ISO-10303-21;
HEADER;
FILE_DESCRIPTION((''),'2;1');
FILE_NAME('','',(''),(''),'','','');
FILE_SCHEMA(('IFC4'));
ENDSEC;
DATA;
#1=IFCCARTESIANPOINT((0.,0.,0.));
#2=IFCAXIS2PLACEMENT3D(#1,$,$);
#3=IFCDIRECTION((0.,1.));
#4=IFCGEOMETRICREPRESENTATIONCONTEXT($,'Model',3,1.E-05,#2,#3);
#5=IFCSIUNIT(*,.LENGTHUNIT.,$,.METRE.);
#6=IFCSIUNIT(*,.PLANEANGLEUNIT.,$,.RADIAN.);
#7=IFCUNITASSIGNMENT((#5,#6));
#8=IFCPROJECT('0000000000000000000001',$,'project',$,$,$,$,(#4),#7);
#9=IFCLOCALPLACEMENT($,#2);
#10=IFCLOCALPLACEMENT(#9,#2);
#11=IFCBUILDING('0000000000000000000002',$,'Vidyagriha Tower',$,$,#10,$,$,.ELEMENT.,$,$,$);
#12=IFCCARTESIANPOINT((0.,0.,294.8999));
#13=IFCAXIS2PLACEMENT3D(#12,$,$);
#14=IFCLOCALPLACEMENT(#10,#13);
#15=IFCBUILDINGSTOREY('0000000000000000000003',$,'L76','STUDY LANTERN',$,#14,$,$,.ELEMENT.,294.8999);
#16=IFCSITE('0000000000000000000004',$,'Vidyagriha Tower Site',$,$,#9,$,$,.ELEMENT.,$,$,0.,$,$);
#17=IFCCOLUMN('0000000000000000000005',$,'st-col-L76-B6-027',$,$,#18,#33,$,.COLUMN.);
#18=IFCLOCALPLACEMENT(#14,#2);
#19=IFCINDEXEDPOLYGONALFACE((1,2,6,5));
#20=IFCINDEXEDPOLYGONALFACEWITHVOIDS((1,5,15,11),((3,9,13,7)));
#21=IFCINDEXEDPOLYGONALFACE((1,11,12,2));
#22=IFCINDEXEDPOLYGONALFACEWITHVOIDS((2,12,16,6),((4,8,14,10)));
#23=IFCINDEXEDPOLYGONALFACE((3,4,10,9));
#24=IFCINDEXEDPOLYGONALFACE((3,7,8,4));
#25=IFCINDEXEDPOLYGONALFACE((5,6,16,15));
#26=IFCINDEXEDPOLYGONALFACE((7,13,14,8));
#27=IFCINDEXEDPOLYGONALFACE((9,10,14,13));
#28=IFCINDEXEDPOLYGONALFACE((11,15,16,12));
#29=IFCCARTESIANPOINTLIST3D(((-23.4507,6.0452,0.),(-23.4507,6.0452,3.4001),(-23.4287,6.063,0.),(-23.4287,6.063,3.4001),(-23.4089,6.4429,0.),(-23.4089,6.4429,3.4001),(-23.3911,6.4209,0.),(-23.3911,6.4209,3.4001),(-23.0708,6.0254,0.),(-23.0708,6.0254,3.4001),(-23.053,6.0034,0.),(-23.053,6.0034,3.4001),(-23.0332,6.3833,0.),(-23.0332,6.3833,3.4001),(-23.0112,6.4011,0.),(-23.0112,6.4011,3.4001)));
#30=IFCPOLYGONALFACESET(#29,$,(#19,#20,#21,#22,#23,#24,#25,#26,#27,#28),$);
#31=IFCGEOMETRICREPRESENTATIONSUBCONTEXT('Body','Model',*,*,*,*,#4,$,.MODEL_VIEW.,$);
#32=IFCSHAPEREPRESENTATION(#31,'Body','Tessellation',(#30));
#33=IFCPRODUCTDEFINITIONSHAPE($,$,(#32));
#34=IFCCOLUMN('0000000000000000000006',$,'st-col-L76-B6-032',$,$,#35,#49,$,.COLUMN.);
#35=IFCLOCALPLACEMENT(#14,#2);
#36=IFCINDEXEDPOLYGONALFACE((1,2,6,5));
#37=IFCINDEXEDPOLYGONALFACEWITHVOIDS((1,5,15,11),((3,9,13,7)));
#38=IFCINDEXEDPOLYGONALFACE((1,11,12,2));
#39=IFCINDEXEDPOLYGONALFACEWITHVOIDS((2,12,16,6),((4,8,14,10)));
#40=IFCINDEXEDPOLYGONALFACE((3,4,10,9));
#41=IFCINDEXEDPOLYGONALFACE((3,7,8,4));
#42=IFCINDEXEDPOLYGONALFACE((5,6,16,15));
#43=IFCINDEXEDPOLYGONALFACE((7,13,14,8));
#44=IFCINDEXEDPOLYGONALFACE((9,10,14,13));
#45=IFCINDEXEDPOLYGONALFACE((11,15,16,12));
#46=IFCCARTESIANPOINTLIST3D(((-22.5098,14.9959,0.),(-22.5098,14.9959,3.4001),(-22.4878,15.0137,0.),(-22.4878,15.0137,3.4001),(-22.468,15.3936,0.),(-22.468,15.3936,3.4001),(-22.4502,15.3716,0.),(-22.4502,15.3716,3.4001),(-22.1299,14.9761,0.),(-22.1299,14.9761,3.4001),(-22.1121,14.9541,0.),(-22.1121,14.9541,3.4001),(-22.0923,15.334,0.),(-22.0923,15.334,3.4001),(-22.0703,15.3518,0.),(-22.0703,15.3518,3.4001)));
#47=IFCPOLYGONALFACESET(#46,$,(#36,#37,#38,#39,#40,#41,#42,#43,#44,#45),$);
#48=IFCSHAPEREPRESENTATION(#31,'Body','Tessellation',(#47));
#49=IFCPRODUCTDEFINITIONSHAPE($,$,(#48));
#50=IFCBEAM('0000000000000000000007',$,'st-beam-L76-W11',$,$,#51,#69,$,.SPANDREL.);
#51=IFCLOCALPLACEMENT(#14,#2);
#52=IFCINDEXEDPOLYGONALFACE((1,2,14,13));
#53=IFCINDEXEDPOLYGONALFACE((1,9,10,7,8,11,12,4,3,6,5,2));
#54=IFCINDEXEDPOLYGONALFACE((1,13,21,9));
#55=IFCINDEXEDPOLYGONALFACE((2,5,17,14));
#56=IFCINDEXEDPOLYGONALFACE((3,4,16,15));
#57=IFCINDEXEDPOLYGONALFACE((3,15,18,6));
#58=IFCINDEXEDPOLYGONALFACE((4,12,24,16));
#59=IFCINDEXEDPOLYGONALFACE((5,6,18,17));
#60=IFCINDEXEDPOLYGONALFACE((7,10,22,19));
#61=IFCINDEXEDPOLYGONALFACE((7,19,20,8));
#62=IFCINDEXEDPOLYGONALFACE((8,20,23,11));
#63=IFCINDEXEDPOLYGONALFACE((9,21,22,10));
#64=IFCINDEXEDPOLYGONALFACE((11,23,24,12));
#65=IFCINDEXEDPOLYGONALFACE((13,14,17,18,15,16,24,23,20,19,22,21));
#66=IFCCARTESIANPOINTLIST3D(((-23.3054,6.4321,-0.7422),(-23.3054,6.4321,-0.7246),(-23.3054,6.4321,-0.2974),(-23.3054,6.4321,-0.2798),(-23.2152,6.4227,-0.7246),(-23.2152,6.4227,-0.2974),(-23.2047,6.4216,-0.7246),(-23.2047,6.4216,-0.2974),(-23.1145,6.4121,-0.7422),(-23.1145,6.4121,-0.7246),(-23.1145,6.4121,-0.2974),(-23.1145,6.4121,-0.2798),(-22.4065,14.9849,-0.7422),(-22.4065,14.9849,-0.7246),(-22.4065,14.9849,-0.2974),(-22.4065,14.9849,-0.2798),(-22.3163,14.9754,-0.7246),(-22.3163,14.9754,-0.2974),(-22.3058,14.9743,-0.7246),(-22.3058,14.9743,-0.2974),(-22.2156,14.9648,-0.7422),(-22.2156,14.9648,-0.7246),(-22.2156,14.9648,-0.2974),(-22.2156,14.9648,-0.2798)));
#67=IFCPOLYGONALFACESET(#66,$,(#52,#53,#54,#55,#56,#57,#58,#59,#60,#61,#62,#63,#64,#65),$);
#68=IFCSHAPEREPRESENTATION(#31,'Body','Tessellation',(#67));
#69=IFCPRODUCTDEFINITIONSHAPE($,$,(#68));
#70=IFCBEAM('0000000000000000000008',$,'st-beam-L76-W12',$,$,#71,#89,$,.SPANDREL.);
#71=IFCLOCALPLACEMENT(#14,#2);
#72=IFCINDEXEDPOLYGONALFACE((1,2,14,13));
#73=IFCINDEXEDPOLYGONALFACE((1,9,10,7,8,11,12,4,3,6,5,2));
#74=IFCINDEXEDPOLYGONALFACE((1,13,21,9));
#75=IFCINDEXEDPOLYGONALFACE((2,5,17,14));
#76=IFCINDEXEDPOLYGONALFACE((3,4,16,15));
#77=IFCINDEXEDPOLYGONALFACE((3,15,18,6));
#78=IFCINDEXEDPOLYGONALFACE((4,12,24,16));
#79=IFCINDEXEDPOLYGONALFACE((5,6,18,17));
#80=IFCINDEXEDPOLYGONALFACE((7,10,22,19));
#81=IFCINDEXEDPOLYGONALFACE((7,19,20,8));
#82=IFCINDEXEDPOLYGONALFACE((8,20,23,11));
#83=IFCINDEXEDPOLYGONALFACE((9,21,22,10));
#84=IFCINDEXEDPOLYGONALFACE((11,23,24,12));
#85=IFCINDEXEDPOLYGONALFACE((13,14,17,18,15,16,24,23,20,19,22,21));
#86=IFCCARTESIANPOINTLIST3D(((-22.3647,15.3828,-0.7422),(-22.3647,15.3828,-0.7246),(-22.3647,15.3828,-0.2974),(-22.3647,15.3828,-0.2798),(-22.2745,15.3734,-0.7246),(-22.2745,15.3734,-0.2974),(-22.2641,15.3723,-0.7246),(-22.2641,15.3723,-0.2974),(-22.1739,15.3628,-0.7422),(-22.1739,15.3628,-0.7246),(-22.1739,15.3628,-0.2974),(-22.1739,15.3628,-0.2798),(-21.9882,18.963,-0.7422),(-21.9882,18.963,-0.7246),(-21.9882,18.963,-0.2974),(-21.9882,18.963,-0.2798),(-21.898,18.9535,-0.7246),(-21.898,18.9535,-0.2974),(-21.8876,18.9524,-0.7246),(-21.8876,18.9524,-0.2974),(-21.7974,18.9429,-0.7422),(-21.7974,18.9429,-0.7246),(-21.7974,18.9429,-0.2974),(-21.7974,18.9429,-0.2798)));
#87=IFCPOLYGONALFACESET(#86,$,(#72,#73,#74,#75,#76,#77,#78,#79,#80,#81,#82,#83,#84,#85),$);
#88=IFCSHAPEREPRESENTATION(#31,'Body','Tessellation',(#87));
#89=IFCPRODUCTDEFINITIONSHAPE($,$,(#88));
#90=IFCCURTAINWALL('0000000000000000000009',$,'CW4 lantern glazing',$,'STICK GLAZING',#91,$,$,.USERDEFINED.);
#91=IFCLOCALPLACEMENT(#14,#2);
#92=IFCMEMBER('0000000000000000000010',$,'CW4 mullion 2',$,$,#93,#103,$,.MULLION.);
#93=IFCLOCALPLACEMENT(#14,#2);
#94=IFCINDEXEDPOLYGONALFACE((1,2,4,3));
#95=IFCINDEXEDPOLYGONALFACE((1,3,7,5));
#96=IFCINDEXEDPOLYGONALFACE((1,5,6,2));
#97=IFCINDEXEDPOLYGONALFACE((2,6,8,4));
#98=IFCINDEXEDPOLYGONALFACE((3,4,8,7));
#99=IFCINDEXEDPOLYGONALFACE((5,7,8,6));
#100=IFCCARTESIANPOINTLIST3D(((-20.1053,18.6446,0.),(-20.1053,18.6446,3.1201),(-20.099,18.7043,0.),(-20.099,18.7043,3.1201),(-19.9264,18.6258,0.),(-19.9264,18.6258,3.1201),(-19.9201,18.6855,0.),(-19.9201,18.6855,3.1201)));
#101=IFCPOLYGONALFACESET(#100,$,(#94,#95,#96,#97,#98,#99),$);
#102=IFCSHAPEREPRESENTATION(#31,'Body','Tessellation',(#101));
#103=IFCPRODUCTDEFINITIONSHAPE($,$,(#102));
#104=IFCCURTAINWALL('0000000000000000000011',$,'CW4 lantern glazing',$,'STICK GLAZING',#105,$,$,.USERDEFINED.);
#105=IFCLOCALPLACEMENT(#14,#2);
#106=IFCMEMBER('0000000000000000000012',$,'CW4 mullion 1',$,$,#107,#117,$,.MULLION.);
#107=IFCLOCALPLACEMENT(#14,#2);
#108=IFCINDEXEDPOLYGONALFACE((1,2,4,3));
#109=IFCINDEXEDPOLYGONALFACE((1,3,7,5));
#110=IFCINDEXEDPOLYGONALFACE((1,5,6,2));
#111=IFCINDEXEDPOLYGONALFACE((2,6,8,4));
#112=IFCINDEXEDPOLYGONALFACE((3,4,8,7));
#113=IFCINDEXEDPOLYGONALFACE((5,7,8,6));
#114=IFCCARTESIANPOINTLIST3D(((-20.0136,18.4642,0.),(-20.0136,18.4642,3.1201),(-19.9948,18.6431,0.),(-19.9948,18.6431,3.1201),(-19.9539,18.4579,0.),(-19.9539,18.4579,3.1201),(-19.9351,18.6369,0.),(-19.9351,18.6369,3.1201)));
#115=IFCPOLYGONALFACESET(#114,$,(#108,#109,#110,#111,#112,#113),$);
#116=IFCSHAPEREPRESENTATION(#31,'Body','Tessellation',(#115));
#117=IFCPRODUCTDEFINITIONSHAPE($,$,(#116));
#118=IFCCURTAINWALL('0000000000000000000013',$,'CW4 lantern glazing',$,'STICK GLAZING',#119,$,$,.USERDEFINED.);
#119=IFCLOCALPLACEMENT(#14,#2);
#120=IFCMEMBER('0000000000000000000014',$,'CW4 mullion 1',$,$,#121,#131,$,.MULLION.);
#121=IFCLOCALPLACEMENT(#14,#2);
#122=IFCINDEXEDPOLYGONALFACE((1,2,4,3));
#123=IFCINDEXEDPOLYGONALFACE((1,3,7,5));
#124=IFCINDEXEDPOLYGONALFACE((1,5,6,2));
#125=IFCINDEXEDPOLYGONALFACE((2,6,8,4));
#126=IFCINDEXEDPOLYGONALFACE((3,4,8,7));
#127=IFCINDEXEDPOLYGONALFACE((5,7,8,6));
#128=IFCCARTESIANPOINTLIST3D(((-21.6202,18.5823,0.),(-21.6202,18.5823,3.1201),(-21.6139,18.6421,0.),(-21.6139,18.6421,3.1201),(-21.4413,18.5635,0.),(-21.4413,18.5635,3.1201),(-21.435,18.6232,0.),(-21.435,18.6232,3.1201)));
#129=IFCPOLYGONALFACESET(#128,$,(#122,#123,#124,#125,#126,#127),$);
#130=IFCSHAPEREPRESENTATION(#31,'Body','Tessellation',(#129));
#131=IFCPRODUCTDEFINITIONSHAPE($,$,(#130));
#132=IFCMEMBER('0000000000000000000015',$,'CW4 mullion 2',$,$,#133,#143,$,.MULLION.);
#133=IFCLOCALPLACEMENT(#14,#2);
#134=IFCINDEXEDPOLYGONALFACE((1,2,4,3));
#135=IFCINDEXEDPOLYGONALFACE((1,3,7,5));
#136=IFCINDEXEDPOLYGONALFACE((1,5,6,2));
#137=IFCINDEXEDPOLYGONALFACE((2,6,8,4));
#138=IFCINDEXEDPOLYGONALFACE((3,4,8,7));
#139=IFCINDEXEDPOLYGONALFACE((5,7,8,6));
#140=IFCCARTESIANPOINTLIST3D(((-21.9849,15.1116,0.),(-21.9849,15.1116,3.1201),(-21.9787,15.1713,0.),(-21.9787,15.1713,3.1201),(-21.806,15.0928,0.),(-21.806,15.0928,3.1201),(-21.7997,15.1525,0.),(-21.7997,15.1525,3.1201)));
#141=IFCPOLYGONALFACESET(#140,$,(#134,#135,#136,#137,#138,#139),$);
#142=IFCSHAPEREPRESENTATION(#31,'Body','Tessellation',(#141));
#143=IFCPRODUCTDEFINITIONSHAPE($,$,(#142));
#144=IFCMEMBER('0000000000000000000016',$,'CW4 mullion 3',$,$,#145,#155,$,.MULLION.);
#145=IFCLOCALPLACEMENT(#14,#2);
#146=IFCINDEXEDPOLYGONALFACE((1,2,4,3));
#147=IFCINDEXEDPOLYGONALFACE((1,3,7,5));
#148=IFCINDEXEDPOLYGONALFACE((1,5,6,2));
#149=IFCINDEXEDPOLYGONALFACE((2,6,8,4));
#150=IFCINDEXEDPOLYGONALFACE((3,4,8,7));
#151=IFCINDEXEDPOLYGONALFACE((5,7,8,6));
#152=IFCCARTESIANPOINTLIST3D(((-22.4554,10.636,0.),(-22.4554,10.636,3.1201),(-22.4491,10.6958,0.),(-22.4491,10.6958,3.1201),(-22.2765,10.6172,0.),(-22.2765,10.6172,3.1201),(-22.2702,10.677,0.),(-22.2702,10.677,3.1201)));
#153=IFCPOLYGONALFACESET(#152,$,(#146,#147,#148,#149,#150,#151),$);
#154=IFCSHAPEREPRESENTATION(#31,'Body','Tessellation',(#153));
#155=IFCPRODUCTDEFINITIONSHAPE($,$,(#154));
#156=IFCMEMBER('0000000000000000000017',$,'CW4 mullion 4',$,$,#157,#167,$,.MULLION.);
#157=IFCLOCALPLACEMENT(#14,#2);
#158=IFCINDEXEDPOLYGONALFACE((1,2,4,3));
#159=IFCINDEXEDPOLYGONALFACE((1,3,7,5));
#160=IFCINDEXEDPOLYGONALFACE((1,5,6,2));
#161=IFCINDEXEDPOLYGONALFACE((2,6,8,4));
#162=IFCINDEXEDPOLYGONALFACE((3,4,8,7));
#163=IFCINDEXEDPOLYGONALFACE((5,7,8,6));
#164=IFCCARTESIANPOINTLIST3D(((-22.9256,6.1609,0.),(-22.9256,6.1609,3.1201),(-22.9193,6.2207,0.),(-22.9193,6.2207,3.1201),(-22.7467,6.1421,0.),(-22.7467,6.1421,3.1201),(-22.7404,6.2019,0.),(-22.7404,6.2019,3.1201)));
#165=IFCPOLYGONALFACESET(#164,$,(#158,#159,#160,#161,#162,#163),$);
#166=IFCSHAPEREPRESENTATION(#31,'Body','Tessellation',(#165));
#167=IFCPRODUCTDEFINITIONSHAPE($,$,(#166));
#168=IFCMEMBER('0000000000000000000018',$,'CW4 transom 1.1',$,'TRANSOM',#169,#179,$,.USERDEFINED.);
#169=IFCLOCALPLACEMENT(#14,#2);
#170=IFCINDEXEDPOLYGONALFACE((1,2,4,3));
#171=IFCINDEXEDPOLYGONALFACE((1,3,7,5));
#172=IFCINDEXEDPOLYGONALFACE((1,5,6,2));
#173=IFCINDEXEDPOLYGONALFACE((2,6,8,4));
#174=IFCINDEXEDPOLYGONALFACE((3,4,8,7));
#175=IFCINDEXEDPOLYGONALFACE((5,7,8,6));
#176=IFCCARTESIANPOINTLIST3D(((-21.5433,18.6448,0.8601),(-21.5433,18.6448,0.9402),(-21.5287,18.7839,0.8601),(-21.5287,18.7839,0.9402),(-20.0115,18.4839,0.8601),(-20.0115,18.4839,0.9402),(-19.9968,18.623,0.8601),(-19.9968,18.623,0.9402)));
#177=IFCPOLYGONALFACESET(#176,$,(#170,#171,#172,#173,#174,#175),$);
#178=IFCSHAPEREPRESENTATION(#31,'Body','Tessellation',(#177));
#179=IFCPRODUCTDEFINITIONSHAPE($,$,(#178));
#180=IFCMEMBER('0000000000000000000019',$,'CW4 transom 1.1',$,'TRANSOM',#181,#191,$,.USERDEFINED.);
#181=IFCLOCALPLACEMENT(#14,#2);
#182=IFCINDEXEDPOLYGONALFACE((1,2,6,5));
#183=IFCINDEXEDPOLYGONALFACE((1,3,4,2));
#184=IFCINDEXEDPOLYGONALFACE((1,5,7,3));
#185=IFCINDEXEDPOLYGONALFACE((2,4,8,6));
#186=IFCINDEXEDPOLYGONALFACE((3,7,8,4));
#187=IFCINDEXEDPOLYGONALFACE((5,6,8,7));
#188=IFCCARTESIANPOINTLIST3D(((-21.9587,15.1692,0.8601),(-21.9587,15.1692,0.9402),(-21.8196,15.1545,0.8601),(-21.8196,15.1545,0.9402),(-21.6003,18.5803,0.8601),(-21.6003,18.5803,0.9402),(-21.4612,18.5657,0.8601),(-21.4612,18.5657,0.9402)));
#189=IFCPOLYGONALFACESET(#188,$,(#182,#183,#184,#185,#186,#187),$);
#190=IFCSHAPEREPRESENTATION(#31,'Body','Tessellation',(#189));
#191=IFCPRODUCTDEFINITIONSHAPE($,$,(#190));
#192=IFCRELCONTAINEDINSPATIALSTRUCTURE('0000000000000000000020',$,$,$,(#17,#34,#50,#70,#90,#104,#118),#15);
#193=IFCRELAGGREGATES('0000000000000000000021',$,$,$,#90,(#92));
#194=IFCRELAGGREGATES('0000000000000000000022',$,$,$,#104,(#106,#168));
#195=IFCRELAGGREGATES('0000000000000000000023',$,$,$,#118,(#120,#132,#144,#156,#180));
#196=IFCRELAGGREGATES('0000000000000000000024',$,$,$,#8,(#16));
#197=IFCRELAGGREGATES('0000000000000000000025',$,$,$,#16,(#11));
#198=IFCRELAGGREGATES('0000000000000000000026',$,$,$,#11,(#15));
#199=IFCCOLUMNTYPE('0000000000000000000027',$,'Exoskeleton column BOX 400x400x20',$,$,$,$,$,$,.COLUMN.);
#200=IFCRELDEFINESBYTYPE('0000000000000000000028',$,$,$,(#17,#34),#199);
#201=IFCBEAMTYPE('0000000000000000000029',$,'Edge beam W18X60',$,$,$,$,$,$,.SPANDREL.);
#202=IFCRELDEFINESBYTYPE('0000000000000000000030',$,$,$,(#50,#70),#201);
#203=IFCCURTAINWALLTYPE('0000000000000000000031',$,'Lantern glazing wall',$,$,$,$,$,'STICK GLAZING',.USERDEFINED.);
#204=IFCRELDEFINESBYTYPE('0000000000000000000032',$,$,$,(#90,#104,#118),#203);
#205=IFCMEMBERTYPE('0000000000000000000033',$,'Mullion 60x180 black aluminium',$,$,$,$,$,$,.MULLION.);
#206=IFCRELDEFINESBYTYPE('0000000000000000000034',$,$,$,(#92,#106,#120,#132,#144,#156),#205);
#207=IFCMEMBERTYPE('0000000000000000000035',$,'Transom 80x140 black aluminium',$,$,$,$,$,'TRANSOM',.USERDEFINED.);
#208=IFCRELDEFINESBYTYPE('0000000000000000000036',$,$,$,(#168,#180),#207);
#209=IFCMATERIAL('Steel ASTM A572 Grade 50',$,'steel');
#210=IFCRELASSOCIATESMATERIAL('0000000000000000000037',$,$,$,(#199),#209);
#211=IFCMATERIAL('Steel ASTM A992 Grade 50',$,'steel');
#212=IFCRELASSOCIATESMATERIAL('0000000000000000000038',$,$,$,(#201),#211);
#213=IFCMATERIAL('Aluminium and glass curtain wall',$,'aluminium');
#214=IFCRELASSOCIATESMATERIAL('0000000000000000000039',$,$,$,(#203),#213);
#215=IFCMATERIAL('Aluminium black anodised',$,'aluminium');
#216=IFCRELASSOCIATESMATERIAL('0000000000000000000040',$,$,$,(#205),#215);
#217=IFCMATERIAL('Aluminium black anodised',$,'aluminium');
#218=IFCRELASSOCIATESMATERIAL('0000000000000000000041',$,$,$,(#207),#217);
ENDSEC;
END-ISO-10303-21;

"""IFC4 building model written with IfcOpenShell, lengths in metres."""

from ifc_helpers import new_model, si_unit, direction, frame, origin, origin_2d, place, context, subcontext, project, spatial, rectangle, hollow_rectangle, i_section, extrude, material, material_profile, profile_set, type_object, element, aggregate, save


model = new_model("IFC4")

# Units and contexts
model_context = context("Model", 3, precision=1e-05, world=origin(), true_north=direction((0.0, 1.0)))
body_context = subcontext(model_context, "Body", "Model", "MODEL_VIEW")
ifc_project = project(units=[si_unit("LENGTHUNIT", "METRE"), si_unit("PLANEANGLEUNIT", "RADIAN")], contexts=[model_context])

# Site, building, storey
site_placement = place(None, origin())
site = spatial("IfcSite", under=ifc_project, at=site_placement, Name="Vidyagriha Tower Site", CompositionType="ELEMENT", RefElevation=0.0)
building_placement = place(site_placement, origin())
building = spatial("IfcBuilding", under=site, at=building_placement, Name="Vidyagriha Tower", CompositionType="ELEMENT")
storey_placement = place(building_placement, frame((0.0, 0.0, 294.8999)))
storey = spatial("IfcBuildingStorey", under=building, at=storey_placement, Name="L76", Description="STUDY LANTERN", CompositionType="ELEMENT", Elevation=294.8999)

# Columns
ifc_material_1 = material(Name="Steel ASTM A572 Grade 50", Category="steel")
ifc_material_profile_1 = material_profile(ifc_material_1, hollow_rectangle(XDim=0.3999, YDim=0.3999, WallThickness=0.02, at=origin_2d()), Name="BOX 400x400x20")
ifc_profile_set_1 = profile_set([ifc_material_profile_1], Name="Steel ASTM A572 Grade 50")
column_type = type_object("IfcColumnType", Name="Exoskeleton column BOX 400x400x20", PredefinedType="COLUMN", material=ifc_profile_set_1)
for number, where, z_axis, x_axis, name in (
    (1, (-23.231, 6.2231, 0.0), (0.0, 0.0, 1.0), (0.994522, -0.104528, 0.0), "st-col-L76-B6-027"),
    (2, (-22.29, 15.1738, 0.0), (0.0, 0.0, 1.0), (0.994522, -0.104528, 0.0), "st-col-L76-B6-032"),
):
    element("IfcColumn", number, at=place(storey_placement, frame(where, z_axis=z_axis, x_axis=x_axis)), inside=storey, type_object=column_type, Name=name, PredefinedType="COLUMN", context=body_context, shape_type="SweptSolid", body=[
        extrude(hollow_rectangle(XDim=0.3999, YDim=0.3999, WallThickness=0.02, at=origin_2d()), origin(), (0.0, 0.0, 1.0), 3.4001),
    ])

# Beams
ifc_material_2 = material(Name="Steel ASTM A992 Grade 50", Category="steel")
ifc_material_profile_2 = material_profile(ifc_material_2, i_section(OverallWidth=0.1919, OverallDepth=0.4624, WebThickness=0.0105, FlangeThickness=0.0176, at=origin_2d()), Name="W18X60")
ifc_profile_set_2 = profile_set([ifc_material_profile_2], Name="Steel ASTM A992 Grade 50")
beam_type = type_object("IfcBeamType", Name="Edge beam W18X60", PredefinedType="SPANDREL", material=ifc_profile_set_2)
beam_1_placement = place(storey_placement, frame((-23.21, 6.4221, -0.511), z_axis=(0.104528, 0.994522, 0.0), x_axis=(-0.994522, 0.104528, 0.0)))
element("IfcBeam", 3, at=beam_1_placement, inside=storey, type_object=beam_type, Name="st-beam-L76-W11", PredefinedType="SPANDREL", context=body_context, shape_type="SweptSolid", body=[
    extrude(i_section(OverallWidth=0.1919, OverallDepth=0.4624, WebThickness=0.0105, FlangeThickness=0.0176, at=origin_2d()), origin(), (0.0, 0.0, 1.0), 8.5999),
])
beam_2_placement = place(storey_placement, frame((-22.2693, 15.3728, -0.511), z_axis=(0.104579, 0.994517, 0.0), x_axis=(-0.994517, 0.104579, 0.0)))
element("IfcBeam", 4, at=beam_2_placement, inside=storey, type_object=beam_type, Name="st-beam-L76-W12", PredefinedType="SPANDREL", context=body_context, shape_type="SweptSolid", body=[
    extrude(i_section(OverallWidth=0.1919, OverallDepth=0.4624, WebThickness=0.0105, FlangeThickness=0.0176, at=origin_2d()), origin(), (0.0, 0.0, 1.0), 3.5999),
])

# Curtain walls, members
ifc_material_3 = material(Name="Aluminium and glass curtain wall", Category="aluminium")
curtain_wall_type = type_object("IfcCurtainWallType", Name="Lantern glazing wall", ElementType="STICK GLAZING", PredefinedType="USERDEFINED", material=ifc_material_3)
curtain_wall_1_placement = place(storey_placement, origin())
curtain_wall_1 = element("IfcCurtainWall", 5, at=curtain_wall_1_placement, inside=storey, type_object=curtain_wall_type, Name="CW4 lantern glazing", ObjectType="STICK GLAZING", PredefinedType="USERDEFINED")
ifc_material_4 = material(Name="Aluminium black anodised", Category="aluminium")
ifc_material_profile_3 = material_profile(ifc_material_4, rectangle(XDim=0.1799, YDim=0.0601, at=origin_2d()), Name="Mullion 60x180 black aluminium")
ifc_profile_set_3 = profile_set([ifc_material_profile_3], Name="Aluminium black anodised")
member_type_1 = type_object("IfcMemberType", Name="Mullion 60x180 black aluminium", PredefinedType="MULLION", material=ifc_profile_set_3)
member_1_placement = place(storey_placement, frame((-20.0127, 18.665, 0.0), z_axis=(0.0, 0.0, 1.0), x_axis=(0.994518, -0.104564, 0.0)))
member_1 = element("IfcMember", 6, at=member_1_placement, type_object=member_type_1, Name="CW4 mullion 2", PredefinedType="MULLION", context=body_context, shape_type="SweptSolid", body=[
    extrude(rectangle(XDim=0.1799, YDim=0.0601, at=origin_2d()), origin(), (0.0, 0.0, 1.0), 3.1201),
])
aggregate(curtain_wall_1, [member_1])
curtain_wall_2_placement = place(storey_placement, origin())
curtain_wall_2 = element("IfcCurtainWall", 7, at=curtain_wall_2_placement, inside=storey, type_object=curtain_wall_type, Name="CW4 lantern glazing", ObjectType="STICK GLAZING", PredefinedType="USERDEFINED")
member_2_placement = place(storey_placement, frame((-19.9744, 18.5505, 0.0), z_axis=(0.0, 0.0, 1.0), x_axis=(-0.104453, -0.99453, 0.0)))
member_2 = element("IfcMember", 8, at=member_2_placement, type_object=member_type_1, Name="CW4 mullion 1", PredefinedType="MULLION", context=body_context, shape_type="SweptSolid", body=[
    extrude(rectangle(XDim=0.1799, YDim=0.0601, at=origin_2d()), origin(), (0.0, 0.0, 1.0), 3.1201),
])

# Curtain wall, members
curtain_wall_3_placement = place(storey_placement, origin())
curtain_wall_3 = element("IfcCurtainWall", 9, at=curtain_wall_3_placement, inside=storey, type_object=curtain_wall_type, Name="CW4 lantern glazing", ObjectType="STICK GLAZING", PredefinedType="USERDEFINED")
member_3_placement = place(storey_placement, frame((-21.5276, 18.6028, 0.0), z_axis=(0.0, 0.0, 1.0), x_axis=(0.994522, -0.104527, 0.0)))
member_3 = element("IfcMember", 10, at=member_3_placement, type_object=member_type_1, Name="CW4 mullion 1", PredefinedType="MULLION", context=body_context, shape_type="SweptSolid", body=[
    extrude(rectangle(XDim=0.1799, YDim=0.0601, at=origin_2d()), origin(), (0.0, 0.0, 1.0), 3.1201),
])
member_4_placement = place(storey_placement, frame((-21.8923, 15.1321, 0.0), z_axis=(0.0, 0.0, 1.0), x_axis=(0.994522, -0.104527, 0.0)))
member_4 = element("IfcMember", 11, at=member_4_placement, type_object=member_type_1, Name="CW4 mullion 2", PredefinedType="MULLION", context=body_context, shape_type="SweptSolid", body=[
    extrude(rectangle(XDim=0.1799, YDim=0.0601, at=origin_2d()), origin(), (0.0, 0.0, 1.0), 3.1201),
])
member_5_placement = place(storey_placement, frame((-22.3628, 10.6565, 0.0), z_axis=(0.0, 0.0, 1.0), x_axis=(0.994522, -0.104527, 0.0)))
member_5 = element("IfcMember", 12, at=member_5_placement, type_object=member_type_1, Name="CW4 mullion 3", PredefinedType="MULLION", context=body_context, shape_type="SweptSolid", body=[
    extrude(rectangle(XDim=0.1799, YDim=0.0601, at=origin_2d()), origin(), (0.0, 0.0, 1.0), 3.1201),
])
member_6_placement = place(storey_placement, frame((-22.833, 6.1814, 0.0), z_axis=(0.0, 0.0, 1.0), x_axis=(0.994522, -0.104527, 0.0)))
member_6 = element("IfcMember", 13, at=member_6_placement, type_object=member_type_1, Name="CW4 mullion 4", PredefinedType="MULLION", context=body_context, shape_type="SweptSolid", body=[
    extrude(rectangle(XDim=0.1799, YDim=0.0601, at=origin_2d()), origin(), (0.0, 0.0, 1.0), 3.1201),
])

# Members
ifc_material_5 = material(Name="Aluminium black anodised", Category="aluminium")
ifc_material_profile_4 = material_profile(ifc_material_5, rectangle(XDim=0.1399, YDim=0.0801, at=origin_2d()), Name="Transom 80x140 black aluminium")
ifc_profile_set_4 = profile_set([ifc_material_profile_4], Name="Aluminium black anodised")
member_type_2 = type_object("IfcMemberType", Name="Transom 80x140 black aluminium", ElementType="TRANSOM", PredefinedType="USERDEFINED", material=ifc_profile_set_4)
member_7_placement = place(storey_placement, frame((-20.0042, 18.5535, 0.9001), z_axis=(-0.994529, 0.104462, 0.0), x_axis=(-0.104462, -0.994529, 0.0)))
member_7 = element("IfcMember", 14, at=member_7_placement, type_object=member_type_2, Name="CW4 transom 1.1", ObjectType="TRANSOM", PredefinedType="USERDEFINED", context=body_context, shape_type="SweptSolid", body=[
    extrude(rectangle(XDim=0.1399, YDim=0.0801, at=origin_2d()), origin(), (0.0, 0.0, 1.0), 1.5403),
])
member_8_placement = place(storey_placement, frame((-21.5308, 18.573, 0.9001), z_axis=(-0.104492, -0.994526, 0.0), x_axis=(0.994526, -0.104492, 0.0)))
member_8 = element("IfcMember", 15, at=member_8_placement, type_object=member_type_2, Name="CW4 transom 1.1", ObjectType="TRANSOM", PredefinedType="USERDEFINED", context=body_context, shape_type="SweptSolid", body=[
    extrude(rectangle(XDim=0.1399, YDim=0.0801, at=origin_2d()), origin(), (0.0, 0.0, 1.0), 3.4299),
])

aggregate(curtain_wall_2, [member_2, member_7])
aggregate(curtain_wall_3, [member_3, member_4, member_5, member_6, member_8])

save(model, "model.ifc")
